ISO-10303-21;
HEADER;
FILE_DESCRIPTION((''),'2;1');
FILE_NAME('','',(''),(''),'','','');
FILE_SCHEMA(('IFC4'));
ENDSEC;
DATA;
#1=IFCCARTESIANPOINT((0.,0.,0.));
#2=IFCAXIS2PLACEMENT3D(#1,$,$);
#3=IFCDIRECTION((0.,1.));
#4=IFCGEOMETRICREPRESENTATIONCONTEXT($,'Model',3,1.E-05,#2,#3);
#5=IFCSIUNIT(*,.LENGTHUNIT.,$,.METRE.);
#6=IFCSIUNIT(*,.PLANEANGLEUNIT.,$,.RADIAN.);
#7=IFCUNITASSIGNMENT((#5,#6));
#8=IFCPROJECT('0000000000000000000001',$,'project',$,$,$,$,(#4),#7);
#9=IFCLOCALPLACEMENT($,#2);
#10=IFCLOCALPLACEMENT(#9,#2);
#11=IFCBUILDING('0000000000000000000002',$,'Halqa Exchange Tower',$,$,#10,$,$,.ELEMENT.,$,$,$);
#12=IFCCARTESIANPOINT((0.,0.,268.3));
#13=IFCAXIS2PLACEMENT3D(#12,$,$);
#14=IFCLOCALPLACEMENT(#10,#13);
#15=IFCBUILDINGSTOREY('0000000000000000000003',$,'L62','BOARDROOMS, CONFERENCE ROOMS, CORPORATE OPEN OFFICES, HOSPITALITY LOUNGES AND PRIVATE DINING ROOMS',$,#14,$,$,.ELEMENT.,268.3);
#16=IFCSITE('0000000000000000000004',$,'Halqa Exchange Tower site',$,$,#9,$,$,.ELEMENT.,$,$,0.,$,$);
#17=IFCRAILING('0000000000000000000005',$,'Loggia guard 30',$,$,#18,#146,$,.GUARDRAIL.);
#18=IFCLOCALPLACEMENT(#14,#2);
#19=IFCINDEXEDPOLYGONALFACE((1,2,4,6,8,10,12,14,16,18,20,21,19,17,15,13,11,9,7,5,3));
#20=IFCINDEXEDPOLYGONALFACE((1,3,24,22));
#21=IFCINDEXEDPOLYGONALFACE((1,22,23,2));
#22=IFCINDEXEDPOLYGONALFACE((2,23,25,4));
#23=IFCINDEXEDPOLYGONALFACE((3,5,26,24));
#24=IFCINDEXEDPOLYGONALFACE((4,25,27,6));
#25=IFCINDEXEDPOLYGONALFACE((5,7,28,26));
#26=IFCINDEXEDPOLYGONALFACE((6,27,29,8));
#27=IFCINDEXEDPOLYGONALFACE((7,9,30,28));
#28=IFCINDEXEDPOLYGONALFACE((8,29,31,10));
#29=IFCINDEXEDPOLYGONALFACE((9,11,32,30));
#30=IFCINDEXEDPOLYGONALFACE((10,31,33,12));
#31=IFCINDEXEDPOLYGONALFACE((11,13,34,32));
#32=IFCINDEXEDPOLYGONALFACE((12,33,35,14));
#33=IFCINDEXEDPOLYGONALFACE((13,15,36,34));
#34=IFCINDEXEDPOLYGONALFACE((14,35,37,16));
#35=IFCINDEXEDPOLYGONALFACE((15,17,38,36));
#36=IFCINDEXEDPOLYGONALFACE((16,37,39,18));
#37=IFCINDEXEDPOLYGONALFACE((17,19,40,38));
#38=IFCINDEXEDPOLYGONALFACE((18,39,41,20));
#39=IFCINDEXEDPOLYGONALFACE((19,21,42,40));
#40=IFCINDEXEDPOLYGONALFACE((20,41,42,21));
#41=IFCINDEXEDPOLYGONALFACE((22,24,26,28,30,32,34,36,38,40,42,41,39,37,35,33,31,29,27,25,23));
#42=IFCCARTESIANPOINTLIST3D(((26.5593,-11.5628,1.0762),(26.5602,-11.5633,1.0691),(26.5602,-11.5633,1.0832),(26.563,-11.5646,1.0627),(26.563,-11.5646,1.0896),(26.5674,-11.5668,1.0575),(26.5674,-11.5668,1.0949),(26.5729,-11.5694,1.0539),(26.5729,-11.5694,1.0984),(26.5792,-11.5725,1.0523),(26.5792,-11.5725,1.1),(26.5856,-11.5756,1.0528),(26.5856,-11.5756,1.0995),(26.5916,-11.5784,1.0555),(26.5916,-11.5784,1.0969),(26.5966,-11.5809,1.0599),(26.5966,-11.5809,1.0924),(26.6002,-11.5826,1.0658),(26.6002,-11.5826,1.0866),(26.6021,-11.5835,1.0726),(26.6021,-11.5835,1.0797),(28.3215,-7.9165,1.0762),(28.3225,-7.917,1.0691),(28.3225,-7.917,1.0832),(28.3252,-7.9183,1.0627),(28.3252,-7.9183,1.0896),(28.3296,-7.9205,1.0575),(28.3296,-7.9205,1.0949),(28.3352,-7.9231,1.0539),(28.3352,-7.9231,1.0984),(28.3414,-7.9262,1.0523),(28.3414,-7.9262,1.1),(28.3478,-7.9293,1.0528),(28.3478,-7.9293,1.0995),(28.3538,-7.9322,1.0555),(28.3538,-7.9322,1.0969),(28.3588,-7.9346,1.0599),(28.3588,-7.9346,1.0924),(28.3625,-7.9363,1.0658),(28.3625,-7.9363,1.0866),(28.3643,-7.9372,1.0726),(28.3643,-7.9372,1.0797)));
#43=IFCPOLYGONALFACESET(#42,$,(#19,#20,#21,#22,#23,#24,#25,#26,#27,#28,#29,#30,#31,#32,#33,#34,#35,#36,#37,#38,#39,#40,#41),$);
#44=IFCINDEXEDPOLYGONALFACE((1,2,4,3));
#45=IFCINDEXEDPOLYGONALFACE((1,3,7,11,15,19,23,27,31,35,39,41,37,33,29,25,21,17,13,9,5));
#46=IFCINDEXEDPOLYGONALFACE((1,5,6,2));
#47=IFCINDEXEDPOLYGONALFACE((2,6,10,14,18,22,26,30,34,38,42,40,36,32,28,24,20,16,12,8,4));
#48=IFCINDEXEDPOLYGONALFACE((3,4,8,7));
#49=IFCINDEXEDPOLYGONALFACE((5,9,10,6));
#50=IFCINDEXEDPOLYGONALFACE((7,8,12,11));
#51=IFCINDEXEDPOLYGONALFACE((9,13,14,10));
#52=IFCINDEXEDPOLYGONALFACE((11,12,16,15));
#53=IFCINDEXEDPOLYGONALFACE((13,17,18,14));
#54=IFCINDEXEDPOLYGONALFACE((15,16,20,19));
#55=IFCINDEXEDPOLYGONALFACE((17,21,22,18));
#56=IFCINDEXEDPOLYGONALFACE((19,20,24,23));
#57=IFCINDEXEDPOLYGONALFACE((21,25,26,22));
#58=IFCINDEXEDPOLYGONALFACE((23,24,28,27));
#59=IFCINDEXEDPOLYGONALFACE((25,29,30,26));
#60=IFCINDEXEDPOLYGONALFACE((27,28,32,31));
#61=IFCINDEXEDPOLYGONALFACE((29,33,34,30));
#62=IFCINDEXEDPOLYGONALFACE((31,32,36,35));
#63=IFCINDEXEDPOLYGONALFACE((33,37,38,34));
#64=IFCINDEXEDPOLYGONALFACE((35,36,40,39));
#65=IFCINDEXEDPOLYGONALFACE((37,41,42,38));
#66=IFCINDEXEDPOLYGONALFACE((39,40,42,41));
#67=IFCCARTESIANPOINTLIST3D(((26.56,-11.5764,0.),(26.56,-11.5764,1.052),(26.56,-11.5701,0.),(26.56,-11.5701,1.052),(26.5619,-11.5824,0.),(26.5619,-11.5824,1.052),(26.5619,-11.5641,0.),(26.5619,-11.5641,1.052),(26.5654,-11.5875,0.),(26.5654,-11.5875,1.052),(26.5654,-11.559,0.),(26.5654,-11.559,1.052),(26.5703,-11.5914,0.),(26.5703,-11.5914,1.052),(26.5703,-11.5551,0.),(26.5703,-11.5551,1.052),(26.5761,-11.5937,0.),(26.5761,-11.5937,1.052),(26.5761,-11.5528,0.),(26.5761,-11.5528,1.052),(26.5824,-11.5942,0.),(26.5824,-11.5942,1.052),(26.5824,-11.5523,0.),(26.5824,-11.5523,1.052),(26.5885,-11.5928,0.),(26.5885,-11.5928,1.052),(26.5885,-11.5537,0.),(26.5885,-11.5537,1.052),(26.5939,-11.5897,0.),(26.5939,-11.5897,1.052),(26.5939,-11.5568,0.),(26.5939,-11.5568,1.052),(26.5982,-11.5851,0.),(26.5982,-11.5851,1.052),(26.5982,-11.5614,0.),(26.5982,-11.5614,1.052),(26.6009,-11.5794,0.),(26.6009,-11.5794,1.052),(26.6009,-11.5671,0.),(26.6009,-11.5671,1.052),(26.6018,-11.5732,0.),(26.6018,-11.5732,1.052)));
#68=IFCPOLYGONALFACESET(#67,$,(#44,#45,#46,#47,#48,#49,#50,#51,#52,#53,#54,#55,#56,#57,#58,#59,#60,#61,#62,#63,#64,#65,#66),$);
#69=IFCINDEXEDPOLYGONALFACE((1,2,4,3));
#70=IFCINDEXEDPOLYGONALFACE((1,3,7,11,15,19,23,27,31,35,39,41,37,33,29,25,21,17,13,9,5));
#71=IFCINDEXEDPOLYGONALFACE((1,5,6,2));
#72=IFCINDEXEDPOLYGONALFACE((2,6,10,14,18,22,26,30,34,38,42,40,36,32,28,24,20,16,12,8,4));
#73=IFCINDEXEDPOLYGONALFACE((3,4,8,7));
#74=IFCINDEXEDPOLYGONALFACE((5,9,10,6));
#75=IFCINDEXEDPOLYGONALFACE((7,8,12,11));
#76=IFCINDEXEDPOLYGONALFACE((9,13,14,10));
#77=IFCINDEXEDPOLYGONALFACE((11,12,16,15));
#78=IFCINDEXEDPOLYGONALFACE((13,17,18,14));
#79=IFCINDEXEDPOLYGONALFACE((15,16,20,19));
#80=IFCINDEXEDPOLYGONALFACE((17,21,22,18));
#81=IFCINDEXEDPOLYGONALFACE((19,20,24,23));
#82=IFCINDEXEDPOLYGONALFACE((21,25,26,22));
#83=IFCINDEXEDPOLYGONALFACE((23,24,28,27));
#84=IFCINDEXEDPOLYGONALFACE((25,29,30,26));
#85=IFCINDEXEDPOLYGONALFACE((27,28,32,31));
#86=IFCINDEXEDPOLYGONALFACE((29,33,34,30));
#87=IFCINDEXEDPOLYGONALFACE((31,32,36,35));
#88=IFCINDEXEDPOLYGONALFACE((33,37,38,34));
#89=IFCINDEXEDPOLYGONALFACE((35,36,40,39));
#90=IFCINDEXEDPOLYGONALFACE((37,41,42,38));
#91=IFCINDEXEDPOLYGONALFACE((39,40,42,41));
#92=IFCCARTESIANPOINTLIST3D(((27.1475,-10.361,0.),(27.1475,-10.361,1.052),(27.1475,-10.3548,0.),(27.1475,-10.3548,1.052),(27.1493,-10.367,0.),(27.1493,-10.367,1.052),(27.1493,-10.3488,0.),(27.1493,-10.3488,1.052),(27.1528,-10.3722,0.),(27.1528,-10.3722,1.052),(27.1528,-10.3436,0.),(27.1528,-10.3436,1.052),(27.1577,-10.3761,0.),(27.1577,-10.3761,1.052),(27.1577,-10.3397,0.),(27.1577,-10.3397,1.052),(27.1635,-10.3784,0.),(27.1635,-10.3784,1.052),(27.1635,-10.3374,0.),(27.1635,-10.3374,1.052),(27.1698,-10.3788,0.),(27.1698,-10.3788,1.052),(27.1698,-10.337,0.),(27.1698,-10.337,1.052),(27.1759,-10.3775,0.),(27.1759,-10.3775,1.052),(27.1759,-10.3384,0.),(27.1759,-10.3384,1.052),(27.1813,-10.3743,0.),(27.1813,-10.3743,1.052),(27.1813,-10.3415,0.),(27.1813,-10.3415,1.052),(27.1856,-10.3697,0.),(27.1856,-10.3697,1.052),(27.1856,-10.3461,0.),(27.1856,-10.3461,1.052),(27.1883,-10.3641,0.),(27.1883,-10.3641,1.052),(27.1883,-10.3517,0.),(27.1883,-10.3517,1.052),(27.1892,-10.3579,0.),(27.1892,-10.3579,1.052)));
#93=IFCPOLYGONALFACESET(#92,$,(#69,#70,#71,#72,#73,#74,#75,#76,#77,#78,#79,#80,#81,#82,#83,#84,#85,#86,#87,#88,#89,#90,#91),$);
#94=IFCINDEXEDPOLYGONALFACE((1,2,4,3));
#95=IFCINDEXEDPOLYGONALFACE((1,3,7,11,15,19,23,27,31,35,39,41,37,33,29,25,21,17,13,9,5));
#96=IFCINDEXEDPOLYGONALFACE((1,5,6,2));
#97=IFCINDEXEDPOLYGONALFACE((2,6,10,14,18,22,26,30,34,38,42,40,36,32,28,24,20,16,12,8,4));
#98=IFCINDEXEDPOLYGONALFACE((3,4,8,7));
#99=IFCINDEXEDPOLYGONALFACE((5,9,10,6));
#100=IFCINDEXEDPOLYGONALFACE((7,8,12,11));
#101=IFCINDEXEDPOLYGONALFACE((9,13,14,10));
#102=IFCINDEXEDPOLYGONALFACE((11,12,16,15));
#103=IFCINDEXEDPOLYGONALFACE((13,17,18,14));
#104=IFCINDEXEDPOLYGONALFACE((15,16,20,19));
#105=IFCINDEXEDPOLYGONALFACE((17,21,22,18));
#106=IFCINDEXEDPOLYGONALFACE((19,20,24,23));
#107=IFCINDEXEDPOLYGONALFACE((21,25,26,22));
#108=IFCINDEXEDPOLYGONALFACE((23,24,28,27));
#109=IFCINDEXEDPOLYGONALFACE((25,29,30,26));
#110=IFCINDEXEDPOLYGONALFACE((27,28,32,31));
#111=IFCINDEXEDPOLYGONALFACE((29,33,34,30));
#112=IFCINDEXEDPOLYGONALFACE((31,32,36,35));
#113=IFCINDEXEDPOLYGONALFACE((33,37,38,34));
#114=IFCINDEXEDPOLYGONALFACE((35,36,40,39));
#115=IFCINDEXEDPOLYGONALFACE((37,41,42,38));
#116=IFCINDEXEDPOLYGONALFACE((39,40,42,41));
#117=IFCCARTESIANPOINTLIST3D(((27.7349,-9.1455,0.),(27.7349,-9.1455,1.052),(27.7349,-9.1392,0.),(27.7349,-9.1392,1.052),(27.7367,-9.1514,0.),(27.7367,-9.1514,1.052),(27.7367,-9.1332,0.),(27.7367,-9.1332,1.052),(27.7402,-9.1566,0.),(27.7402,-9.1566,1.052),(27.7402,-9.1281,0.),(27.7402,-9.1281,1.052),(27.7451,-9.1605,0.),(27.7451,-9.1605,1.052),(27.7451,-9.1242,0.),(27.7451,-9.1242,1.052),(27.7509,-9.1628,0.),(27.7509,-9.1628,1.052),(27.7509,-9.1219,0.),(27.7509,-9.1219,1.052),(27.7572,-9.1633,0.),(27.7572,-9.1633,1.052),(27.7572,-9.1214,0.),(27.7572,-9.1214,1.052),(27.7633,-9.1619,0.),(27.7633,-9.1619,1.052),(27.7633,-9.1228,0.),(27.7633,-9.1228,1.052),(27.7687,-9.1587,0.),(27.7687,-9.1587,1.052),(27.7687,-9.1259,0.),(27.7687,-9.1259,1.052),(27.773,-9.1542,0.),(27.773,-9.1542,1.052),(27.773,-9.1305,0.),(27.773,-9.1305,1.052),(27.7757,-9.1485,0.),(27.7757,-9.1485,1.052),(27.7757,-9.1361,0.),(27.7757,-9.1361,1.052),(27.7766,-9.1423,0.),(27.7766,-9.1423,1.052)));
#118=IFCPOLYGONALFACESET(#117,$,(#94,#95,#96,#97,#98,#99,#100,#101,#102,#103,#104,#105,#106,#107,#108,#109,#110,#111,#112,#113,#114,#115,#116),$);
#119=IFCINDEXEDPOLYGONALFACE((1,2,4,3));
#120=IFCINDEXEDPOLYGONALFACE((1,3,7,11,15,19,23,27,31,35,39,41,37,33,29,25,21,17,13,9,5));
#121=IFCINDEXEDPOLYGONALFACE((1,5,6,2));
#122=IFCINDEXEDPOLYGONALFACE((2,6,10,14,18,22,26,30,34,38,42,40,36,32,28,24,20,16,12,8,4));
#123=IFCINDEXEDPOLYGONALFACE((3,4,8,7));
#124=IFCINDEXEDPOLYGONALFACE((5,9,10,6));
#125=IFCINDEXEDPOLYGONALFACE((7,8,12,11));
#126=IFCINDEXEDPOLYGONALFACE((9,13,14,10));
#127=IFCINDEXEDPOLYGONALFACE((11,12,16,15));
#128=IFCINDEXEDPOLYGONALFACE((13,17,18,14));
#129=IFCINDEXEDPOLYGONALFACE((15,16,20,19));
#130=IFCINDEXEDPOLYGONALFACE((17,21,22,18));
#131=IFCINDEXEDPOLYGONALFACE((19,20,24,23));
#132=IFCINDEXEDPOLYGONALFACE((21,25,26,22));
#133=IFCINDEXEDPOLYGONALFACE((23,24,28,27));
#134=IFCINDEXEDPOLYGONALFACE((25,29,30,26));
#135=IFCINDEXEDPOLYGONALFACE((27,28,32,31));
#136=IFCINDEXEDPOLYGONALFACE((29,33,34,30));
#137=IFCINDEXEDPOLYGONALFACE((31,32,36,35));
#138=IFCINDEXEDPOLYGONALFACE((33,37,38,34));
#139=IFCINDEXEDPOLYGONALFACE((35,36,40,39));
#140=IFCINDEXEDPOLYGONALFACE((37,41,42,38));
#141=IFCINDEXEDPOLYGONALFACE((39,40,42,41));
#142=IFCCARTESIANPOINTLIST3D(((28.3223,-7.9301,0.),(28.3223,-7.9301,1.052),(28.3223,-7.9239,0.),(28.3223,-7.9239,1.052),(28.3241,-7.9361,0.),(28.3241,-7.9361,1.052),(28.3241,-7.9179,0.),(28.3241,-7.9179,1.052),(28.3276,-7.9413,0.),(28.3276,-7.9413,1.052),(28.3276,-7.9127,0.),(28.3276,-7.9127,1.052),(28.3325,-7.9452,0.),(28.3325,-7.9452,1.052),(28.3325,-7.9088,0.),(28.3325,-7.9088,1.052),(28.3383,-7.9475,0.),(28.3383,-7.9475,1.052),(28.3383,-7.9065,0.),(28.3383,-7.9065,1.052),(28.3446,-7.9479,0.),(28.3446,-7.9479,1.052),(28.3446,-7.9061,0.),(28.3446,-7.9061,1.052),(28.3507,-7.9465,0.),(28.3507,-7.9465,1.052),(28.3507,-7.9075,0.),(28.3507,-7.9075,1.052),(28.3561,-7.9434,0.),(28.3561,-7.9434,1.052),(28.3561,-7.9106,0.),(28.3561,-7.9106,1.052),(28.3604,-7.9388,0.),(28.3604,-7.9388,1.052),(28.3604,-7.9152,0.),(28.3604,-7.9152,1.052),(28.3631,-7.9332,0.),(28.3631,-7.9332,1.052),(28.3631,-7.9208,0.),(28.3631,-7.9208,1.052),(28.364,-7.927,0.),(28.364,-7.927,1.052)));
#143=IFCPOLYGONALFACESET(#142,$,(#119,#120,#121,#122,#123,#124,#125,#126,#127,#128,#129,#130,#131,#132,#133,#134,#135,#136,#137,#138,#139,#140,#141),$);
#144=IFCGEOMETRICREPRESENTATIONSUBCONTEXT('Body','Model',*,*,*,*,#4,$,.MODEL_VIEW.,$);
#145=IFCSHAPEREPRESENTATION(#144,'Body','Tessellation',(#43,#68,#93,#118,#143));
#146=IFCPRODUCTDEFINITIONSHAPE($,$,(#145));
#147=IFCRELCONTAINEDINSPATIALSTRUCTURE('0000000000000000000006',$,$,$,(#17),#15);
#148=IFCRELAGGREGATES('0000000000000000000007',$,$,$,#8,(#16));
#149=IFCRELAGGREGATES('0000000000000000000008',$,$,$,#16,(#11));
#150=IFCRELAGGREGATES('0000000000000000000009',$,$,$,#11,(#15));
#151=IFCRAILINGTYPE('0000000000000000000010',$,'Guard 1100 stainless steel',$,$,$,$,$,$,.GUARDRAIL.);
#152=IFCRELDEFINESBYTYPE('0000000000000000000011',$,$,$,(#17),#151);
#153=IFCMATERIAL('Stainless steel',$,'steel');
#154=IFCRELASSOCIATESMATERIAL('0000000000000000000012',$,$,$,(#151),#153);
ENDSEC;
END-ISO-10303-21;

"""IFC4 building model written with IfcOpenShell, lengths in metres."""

from ifc_helpers import new_model, si_unit, direction, frame, origin, origin_2d, place, context, subcontext, project, spatial, circle, extrude, material, type_object, element, save


model = new_model("IFC4")

# Units and contexts
model_context = context("Model", 3, precision=1e-05, world=origin(), true_north=direction((0.0, 1.0)))
body_context = subcontext(model_context, "Body", "Model", "MODEL_VIEW")
ifc_project = project(units=[si_unit("LENGTHUNIT", "METRE"), si_unit("PLANEANGLEUNIT", "RADIAN")], contexts=[model_context])

# Site, building, storey
site_placement = place(None, origin())
site = spatial("IfcSite", under=ifc_project, at=site_placement, Name="Halqa Exchange Tower site", CompositionType="ELEMENT", RefElevation=0.0)
building_placement = place(site_placement, origin())
building = spatial("IfcBuilding", under=site, at=building_placement, Name="Halqa Exchange Tower", CompositionType="ELEMENT")
storey_placement = place(building_placement, frame((0.0, 0.0, 268.3)))
storey = spatial("IfcBuildingStorey", under=building, at=storey_placement, Name="L62", Description="BOARDROOMS, CONFERENCE ROOMS, CORPORATE OPEN OFFICES, HOSPITALITY LOUNGES AND PRIVATE DINING ROOMS", CompositionType="ELEMENT", Elevation=268.3)

# Railing
ifc_material_1 = material(Name="Stainless steel", Category="steel")
railing_type = type_object("IfcRailingType", Name="Guard 1100 stainless steel", PredefinedType="GUARDRAIL", material=ifc_material_1)
railing_1_placement = place(storey_placement, frame((26.5808, -11.5732, 0.0)))
element("IfcRailing", 1, at=railing_1_placement, inside=storey, type_object=railing_type, Name="Loggia guard 30", PredefinedType="GUARDRAIL", context=body_context, shape_type="SweptSolid", body=[
    extrude(circle(Radius=0.0239, at=origin_2d()), frame((0.0, 0.0, 1.0762), z_axis=(0.43514, 0.900363, 0.0), x_axis=(-0.900363, 0.43514, 0.0)), (0.0, 0.0, 1.0), 4.0498),
    extrude(circle(Radius=0.021, at=origin_2d()), origin(), (0.0, 0.0, 1.0), 1.052),
    extrude(circle(Radius=0.021, at=origin_2d()), frame((0.5874, 1.2153, 0.0)), (0.0, 0.0, 1.0), 1.052),
    extrude(circle(Radius=0.021, at=origin_2d()), frame((1.1748, 2.4309, 0.0)), (0.0, 0.0, 1.0), 1.052),
    extrude(circle(Radius=0.021, at=origin_2d()), frame((1.7622, 3.6462, 0.0)), (0.0, 0.0, 1.0), 1.052),
])

save(model, "model.ifc")
